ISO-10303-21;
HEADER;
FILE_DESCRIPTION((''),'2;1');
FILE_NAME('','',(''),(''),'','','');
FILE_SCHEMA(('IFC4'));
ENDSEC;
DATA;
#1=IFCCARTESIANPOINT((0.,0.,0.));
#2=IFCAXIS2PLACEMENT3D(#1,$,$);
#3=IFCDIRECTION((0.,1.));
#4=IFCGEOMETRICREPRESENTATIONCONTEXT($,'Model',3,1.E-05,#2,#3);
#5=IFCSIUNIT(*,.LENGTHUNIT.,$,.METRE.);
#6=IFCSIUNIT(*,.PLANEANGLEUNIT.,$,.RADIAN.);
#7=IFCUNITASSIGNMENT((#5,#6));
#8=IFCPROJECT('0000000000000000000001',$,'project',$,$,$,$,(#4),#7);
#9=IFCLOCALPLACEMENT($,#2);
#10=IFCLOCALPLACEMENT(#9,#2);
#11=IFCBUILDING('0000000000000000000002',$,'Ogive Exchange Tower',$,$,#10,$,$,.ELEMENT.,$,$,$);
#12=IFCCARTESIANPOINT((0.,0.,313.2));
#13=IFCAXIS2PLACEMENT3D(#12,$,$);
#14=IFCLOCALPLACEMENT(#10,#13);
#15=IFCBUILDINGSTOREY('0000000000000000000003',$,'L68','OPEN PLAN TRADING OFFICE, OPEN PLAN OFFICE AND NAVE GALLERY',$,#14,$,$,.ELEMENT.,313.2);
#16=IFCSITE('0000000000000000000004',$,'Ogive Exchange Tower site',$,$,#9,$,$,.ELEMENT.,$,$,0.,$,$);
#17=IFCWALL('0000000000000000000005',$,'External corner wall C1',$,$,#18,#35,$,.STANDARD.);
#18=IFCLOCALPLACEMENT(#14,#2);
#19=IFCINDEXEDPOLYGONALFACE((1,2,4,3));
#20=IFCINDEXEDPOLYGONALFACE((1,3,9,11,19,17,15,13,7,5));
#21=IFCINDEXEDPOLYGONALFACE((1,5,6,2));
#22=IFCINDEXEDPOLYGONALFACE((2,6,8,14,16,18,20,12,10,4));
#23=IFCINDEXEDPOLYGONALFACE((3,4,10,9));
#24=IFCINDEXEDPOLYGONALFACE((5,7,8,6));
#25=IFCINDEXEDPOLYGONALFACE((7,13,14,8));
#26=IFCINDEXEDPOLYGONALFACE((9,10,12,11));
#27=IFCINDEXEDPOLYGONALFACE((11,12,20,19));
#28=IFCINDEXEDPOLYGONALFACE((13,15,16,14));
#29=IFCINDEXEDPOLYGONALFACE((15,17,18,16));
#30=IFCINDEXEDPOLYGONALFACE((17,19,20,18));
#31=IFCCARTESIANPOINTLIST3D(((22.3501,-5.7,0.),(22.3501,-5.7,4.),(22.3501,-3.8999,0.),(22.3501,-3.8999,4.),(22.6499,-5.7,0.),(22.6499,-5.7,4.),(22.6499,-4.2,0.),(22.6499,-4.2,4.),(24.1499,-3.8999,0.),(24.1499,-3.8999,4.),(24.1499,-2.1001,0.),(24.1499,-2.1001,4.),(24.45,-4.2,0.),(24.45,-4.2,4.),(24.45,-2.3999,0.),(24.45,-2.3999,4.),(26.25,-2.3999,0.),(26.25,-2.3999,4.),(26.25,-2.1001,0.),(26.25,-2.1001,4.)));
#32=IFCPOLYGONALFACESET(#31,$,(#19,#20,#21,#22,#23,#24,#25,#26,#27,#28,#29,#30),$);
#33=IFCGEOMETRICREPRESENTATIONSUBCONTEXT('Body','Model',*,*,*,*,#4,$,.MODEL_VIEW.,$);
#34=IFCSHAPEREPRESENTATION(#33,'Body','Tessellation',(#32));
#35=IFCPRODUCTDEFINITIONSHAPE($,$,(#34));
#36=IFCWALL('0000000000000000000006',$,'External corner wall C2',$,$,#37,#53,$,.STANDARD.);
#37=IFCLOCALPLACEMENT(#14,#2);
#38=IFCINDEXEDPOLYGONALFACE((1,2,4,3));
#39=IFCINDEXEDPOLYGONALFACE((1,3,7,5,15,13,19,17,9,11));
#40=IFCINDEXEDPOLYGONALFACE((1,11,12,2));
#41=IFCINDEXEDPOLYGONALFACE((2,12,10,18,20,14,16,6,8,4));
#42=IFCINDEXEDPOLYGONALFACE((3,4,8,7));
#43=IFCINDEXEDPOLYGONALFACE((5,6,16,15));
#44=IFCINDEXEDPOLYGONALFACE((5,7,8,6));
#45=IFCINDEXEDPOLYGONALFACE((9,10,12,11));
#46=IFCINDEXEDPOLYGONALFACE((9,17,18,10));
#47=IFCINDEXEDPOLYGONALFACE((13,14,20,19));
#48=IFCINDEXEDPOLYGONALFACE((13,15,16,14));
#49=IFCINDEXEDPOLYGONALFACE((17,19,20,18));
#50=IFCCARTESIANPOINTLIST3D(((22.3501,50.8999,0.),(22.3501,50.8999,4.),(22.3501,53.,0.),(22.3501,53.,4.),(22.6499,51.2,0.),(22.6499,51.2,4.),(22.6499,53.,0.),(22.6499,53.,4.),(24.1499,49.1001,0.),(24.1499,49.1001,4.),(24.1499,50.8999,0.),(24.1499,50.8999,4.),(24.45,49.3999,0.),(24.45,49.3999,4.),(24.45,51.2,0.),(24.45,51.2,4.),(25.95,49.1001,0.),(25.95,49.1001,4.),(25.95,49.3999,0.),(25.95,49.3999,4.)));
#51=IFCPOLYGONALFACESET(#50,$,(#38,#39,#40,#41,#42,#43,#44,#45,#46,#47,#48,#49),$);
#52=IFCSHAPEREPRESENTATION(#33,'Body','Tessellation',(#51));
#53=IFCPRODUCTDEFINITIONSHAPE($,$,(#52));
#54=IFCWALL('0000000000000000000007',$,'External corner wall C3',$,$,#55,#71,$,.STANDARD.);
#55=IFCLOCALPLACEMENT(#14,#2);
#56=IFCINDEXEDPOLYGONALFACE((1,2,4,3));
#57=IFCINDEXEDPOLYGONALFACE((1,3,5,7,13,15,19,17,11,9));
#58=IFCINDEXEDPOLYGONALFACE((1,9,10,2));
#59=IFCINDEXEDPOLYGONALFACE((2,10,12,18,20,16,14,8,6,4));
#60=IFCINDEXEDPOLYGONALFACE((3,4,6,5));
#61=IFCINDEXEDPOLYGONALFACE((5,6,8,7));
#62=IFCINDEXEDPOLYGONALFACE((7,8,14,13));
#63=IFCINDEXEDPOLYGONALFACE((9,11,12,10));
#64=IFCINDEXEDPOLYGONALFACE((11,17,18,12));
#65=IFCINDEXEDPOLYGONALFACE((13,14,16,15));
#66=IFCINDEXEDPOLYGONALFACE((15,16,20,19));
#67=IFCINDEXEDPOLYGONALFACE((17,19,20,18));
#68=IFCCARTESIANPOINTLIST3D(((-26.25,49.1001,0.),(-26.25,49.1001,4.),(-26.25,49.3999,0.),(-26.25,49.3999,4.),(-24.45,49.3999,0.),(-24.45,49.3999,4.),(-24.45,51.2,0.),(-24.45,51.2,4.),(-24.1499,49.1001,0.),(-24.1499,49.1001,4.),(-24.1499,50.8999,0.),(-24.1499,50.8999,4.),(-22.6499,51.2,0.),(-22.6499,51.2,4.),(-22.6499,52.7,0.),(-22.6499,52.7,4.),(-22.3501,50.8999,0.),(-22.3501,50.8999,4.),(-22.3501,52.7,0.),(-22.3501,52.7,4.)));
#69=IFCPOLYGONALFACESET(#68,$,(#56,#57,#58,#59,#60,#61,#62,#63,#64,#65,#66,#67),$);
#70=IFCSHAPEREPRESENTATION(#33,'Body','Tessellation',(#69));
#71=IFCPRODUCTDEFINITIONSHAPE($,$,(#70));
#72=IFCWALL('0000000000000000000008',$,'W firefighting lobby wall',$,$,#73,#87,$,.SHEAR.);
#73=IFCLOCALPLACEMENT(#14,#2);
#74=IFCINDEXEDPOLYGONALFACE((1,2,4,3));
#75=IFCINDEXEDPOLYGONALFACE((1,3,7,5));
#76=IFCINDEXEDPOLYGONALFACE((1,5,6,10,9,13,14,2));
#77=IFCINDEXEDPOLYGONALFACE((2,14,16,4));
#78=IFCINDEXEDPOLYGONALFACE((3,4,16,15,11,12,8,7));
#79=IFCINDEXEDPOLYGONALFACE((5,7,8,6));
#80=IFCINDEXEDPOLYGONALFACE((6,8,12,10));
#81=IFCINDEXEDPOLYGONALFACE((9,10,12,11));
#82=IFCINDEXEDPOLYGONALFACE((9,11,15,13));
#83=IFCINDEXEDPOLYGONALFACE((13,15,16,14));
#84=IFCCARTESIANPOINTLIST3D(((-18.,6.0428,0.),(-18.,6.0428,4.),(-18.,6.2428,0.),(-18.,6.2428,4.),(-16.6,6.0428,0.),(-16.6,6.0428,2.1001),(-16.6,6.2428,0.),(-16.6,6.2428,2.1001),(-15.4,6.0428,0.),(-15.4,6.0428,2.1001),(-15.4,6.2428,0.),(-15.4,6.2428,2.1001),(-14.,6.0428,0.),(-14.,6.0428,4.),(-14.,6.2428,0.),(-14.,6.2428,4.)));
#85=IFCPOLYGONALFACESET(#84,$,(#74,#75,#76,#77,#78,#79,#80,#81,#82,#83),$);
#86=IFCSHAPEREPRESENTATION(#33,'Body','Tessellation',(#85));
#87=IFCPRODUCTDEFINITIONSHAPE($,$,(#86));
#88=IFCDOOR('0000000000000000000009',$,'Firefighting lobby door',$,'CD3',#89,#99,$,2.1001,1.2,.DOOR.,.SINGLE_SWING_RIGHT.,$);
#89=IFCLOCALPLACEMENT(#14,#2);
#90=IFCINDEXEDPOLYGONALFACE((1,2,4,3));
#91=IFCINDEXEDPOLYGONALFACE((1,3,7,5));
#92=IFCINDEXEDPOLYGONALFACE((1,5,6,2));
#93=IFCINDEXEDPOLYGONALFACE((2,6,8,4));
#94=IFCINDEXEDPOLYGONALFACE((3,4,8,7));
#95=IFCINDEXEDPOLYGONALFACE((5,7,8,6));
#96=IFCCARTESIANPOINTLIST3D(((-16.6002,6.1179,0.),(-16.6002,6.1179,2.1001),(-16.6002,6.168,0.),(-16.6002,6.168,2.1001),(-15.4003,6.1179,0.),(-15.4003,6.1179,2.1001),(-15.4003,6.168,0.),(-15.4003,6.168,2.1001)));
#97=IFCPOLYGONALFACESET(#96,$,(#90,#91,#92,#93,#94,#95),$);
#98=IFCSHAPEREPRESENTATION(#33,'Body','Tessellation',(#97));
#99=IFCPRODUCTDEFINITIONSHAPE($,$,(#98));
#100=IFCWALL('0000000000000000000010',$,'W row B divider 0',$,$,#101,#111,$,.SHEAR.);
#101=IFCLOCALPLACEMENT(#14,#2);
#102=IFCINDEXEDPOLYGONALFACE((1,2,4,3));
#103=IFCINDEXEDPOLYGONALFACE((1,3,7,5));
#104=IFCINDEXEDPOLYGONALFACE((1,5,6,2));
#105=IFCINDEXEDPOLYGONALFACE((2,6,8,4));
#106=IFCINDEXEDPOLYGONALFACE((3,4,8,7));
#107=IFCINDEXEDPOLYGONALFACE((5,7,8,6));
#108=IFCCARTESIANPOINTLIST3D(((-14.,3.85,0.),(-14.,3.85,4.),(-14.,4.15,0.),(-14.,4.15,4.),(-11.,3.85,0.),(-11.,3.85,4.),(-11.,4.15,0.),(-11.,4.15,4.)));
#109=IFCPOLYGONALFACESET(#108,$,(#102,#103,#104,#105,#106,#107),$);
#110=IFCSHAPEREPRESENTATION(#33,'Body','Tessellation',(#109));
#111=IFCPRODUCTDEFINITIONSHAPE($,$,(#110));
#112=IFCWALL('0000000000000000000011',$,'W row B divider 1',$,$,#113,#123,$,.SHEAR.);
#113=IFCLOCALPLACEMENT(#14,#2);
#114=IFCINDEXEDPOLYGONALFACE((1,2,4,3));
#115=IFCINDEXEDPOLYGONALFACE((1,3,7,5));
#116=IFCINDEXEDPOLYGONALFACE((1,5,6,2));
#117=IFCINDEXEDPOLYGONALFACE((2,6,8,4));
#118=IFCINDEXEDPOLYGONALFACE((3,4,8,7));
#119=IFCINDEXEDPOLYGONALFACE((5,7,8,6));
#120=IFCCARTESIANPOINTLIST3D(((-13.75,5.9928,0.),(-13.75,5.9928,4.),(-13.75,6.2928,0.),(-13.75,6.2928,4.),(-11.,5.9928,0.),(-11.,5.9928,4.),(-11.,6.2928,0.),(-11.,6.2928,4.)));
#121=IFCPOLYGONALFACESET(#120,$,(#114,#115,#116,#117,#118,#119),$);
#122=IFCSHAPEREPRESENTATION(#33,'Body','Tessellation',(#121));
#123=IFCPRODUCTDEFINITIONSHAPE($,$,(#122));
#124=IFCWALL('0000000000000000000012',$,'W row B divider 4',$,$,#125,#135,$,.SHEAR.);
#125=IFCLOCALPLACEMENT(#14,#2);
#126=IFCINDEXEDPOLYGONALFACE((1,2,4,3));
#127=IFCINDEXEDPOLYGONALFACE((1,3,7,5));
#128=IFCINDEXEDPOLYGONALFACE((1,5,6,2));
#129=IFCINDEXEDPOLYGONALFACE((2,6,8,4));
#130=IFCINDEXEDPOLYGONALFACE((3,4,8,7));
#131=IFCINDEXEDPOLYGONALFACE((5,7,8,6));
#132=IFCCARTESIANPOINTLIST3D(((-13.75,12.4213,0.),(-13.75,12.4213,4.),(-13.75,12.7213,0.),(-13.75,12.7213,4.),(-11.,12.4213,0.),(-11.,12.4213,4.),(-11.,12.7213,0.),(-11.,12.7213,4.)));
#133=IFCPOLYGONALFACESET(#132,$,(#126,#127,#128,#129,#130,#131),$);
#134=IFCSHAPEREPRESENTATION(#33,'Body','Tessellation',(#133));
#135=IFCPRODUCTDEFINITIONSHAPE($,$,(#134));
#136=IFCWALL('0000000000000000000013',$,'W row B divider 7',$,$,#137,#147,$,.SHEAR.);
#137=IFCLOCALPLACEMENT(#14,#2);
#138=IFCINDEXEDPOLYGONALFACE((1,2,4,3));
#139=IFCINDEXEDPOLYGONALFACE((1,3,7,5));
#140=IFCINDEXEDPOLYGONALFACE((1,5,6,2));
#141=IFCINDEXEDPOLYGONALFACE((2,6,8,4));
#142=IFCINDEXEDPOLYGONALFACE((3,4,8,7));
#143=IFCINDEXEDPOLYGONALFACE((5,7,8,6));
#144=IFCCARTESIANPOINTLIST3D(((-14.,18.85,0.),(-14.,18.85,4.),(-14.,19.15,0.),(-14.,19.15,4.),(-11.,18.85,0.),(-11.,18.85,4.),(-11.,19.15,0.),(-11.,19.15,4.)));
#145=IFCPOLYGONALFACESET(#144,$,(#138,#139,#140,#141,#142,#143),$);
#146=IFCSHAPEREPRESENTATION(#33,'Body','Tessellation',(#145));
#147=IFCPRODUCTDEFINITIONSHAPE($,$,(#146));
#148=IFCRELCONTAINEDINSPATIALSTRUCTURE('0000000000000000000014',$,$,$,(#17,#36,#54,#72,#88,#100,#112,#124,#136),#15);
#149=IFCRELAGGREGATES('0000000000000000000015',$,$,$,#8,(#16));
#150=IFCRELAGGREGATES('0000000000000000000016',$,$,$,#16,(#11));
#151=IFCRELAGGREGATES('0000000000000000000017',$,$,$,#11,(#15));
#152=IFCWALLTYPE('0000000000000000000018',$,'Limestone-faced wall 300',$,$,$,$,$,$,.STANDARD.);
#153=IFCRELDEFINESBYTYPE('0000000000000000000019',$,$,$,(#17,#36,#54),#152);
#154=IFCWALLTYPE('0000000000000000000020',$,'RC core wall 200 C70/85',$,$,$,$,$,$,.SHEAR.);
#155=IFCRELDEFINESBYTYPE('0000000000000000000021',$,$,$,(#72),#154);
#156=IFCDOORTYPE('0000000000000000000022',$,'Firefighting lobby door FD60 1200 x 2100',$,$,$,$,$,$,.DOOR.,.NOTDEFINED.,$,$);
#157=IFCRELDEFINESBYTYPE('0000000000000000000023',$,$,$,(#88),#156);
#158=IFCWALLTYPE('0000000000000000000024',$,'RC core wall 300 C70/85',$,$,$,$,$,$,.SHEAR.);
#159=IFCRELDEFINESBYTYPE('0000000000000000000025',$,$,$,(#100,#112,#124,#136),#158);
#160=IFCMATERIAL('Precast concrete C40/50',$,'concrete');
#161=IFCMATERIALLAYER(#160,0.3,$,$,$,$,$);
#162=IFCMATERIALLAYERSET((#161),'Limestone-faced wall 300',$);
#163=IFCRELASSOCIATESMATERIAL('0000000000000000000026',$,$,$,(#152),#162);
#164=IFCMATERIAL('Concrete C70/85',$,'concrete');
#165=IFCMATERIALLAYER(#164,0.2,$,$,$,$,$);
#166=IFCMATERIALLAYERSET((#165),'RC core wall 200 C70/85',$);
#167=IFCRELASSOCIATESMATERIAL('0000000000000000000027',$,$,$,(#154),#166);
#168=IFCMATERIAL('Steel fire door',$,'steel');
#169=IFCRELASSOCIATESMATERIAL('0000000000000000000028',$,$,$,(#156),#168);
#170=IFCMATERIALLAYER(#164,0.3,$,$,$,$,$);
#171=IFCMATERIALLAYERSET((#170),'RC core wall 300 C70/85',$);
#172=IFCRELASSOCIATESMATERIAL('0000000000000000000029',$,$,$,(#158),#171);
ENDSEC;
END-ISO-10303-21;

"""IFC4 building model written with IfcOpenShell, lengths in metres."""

from ifc_helpers import new_model, si_unit, direction, frame, frame_2d, origin, place, context, subcontext, project, spatial, polyline, rectangle, outline, extrude, material, layer, layer_set, type_object, element, fill, save


model = new_model("IFC4")

# Units and contexts
model_context = context("Model", 3, precision=1e-05, world=origin(), true_north=direction((0.0, 1.0)))
body_context = subcontext(model_context, "Body", "Model", "MODEL_VIEW")
ifc_project = project(units=[si_unit("LENGTHUNIT", "METRE"), si_unit("PLANEANGLEUNIT", "RADIAN")], contexts=[model_context])

# Site, building, storey
site_placement = place(None, origin())
site = spatial("IfcSite", under=ifc_project, at=site_placement, Name="Ogive Exchange Tower site", CompositionType="ELEMENT", RefElevation=0.0)
building_placement = place(site_placement, origin())
building = spatial("IfcBuilding", under=site, at=building_placement, Name="Ogive Exchange Tower", CompositionType="ELEMENT")
storey_placement = place(building_placement, frame((0.0, 0.0, 313.2)))
storey = spatial("IfcBuildingStorey", under=building, at=storey_placement, Name="L68", Description="OPEN PLAN TRADING OFFICE, OPEN PLAN OFFICE AND NAVE GALLERY", CompositionType="ELEMENT", Elevation=313.2)

# Walls
ifc_material_1 = material(Name="Precast concrete C40/50", Category="concrete")
ifc_layer_1 = layer(ifc_material_1, 0.3)
ifc_layer_set_1 = layer_set([ifc_layer_1], Name="Limestone-faced wall 300")
wall_type_1 = type_object("IfcWallType", Name="Limestone-faced wall 300", PredefinedType="STANDARD", material=ifc_layer_set_1)
wall_1_placement = place(storey_placement, origin())
element("IfcWall", 1, at=wall_1_placement, inside=storey, type_object=wall_type_1, Name="External corner wall C1", PredefinedType="STANDARD", context=body_context, shape_type="SweptSolid", body=[
    extrude(outline(polyline([(24.1499, -3.8999), (24.1499, -2.1001), (26.25, -2.1001), (26.25, -2.3999), (24.45, -2.3999), (24.45, -4.2), (22.6499, -4.2), (22.6499, -5.7), (22.3501, -5.7), (22.3501, -3.8999), (24.1499, -3.8999)])), origin(), (0.0, 0.0, 1.0), 4.0),
])
wall_2_placement = place(storey_placement, origin())
element("IfcWall", 2, at=wall_2_placement, inside=storey, type_object=wall_type_1, Name="External corner wall C2", PredefinedType="STANDARD", context=body_context, shape_type="SweptSolid", body=[
    extrude(outline(polyline([(24.1499, 50.8999), (22.3501, 50.8999), (22.3501, 53.0), (22.6499, 53.0), (22.6499, 51.2), (24.45, 51.2), (24.45, 49.3999), (25.95, 49.3999), (25.95, 49.1001), (24.1499, 49.1001), (24.1499, 50.8999)])), origin(), (0.0, 0.0, 1.0), 4.0),
])
wall_3_placement = place(storey_placement, origin())
element("IfcWall", 3, at=wall_3_placement, inside=storey, type_object=wall_type_1, Name="External corner wall C3", PredefinedType="STANDARD", context=body_context, shape_type="SweptSolid", body=[
    extrude(outline(polyline([(-24.45, 49.3999), (-24.45, 51.2), (-22.6499, 51.2), (-22.6499, 52.7), (-22.3501, 52.7), (-22.3501, 50.8999), (-24.1499, 50.8999), (-24.1499, 49.1001), (-26.25, 49.1001), (-26.25, 49.3999), (-24.45, 49.3999)])), origin(), (0.0, 0.0, 1.0), 4.0),
])

# Wall, opening, door
ifc_material_2 = material(Name="Concrete C70/85", Category="concrete")
ifc_layer_2 = layer(ifc_material_2, 0.2)
ifc_layer_set_2 = layer_set([ifc_layer_2], Name="RC core wall 200 C70/85")
wall_type_2 = type_object("IfcWallType", Name="RC core wall 200 C70/85", PredefinedType="SHEAR", material=ifc_layer_set_2)
wall_4_placement = place(storey_placement, frame((-18.0, 6.1428, 0.0), z_axis=(0.0, 0.0, 1.0), x_axis=(1.0, 0.0, 0.0)))
wall_4 = element("IfcWall", 4, at=wall_4_placement, inside=storey, type_object=wall_type_2, Name="W firefighting lobby wall", PredefinedType="SHEAR", context=body_context, shape_type="SweptSolid", body=[
    extrude(rectangle(XDim=4.0, YDim=0.2, at=frame_2d((2.0, 0.0))), origin(), (0.0, 0.0, 1.0), 4.0),
])
opening_placement = place(wall_4_placement, frame((1.3999, 0.0, 0.0)))
opening = element("IfcOpeningElement", 5, at=opening_placement, cuts=wall_4, PredefinedType="OPENING", context=body_context, shape_type="SweptSolid", body=[
    extrude(rectangle(XDim=1.2, YDim=2.1001, at=frame_2d((0.6001, 1.05))), frame((0.0, 0.1099, 0.0), z_axis=(0.0, -1.0, 0.0), x_axis=(1.0, 0.0, 0.0)), (0.0, 0.0, 1.0), 0.22),
])
ifc_material_3 = material(Name="Steel fire door", Category="steel")
door_type = type_object("IfcDoorType", Name="Firefighting lobby door FD60 1200 x 2100", OperationType="NOTDEFINED", PredefinedType="DOOR", material=ifc_material_3)
door_placement = place(opening_placement, frame((1.2, 0.0, 0.0), z_axis=(0.0, 0.0, 1.0), x_axis=(-1.0, 0.0, 0.0)))
door = element("IfcDoor", 6, at=door_placement, inside=storey, type_object=door_type, Name="Firefighting lobby door", ObjectType="CD3", OperationType="SINGLE_SWING_RIGHT", OverallHeight=2.1001, OverallWidth=1.2, PredefinedType="DOOR", context=body_context, shape_type="SweptSolid", body=[
    extrude(rectangle(XDim=1.2, YDim=2.1001, at=frame_2d((0.6001, 1.05))), frame((0.0, 0.0249, 0.0), z_axis=(0.0, -1.0, 0.0), x_axis=(1.0, 0.0, 0.0)), (0.0, 0.0, 1.0), 0.05),
])
fill(opening, door)

# Walls
ifc_layer_3 = layer(ifc_material_2, 0.3)
ifc_layer_set_3 = layer_set([ifc_layer_3], Name="RC core wall 300 C70/85")
wall_type_3 = type_object("IfcWallType", Name="RC core wall 300 C70/85", PredefinedType="SHEAR", material=ifc_layer_set_3)
wall_5_placement = place(storey_placement, frame((-14.0, 4.0, 0.0), z_axis=(0.0, 0.0, 1.0), x_axis=(1.0, 0.0, 0.0)))
element("IfcWall", 7, at=wall_5_placement, inside=storey, type_object=wall_type_3, Name="W row B divider 0", PredefinedType="SHEAR", context=body_context, shape_type="SweptSolid", body=[
    extrude(rectangle(XDim=3.0, YDim=0.3, at=frame_2d((1.5, 0.0))), origin(), (0.0, 0.0, 1.0), 4.0),
])
for number, where, z_axis, x_axis, name in (
    (8, (-13.75, 6.1428, 0.0), (0.0, 0.0, 1.0), (1.0, 0.0, 0.0), "W row B divider 1"),
    (9, (-13.75, 12.5713, 0.0), (0.0, 0.0, 1.0), (1.0, 0.0, 0.0), "W row B divider 4"),
):
    element("IfcWall", number, at=place(storey_placement, frame(where, z_axis=z_axis, x_axis=x_axis)), inside=storey, type_object=wall_type_3, Name=name, PredefinedType="SHEAR", context=body_context, shape_type="SweptSolid", body=[
        extrude(rectangle(XDim=2.75, YDim=0.3, at=frame_2d((1.375, 0.0))), origin(), (0.0, 0.0, 1.0), 4.0),
    ])
wall_6_placement = place(storey_placement, frame((-14.0, 19.0, 0.0), z_axis=(0.0, 0.0, 1.0), x_axis=(1.0, 0.0, 0.0)))
element("IfcWall", 10, at=wall_6_placement, inside=storey, type_object=wall_type_3, Name="W row B divider 7", PredefinedType="SHEAR", context=body_context, shape_type="SweptSolid", body=[
    extrude(rectangle(XDim=3.0, YDim=0.3, at=frame_2d((1.5, 0.0))), origin(), (0.0, 0.0, 1.0), 4.0),
])

save(model, "model.ifc")
